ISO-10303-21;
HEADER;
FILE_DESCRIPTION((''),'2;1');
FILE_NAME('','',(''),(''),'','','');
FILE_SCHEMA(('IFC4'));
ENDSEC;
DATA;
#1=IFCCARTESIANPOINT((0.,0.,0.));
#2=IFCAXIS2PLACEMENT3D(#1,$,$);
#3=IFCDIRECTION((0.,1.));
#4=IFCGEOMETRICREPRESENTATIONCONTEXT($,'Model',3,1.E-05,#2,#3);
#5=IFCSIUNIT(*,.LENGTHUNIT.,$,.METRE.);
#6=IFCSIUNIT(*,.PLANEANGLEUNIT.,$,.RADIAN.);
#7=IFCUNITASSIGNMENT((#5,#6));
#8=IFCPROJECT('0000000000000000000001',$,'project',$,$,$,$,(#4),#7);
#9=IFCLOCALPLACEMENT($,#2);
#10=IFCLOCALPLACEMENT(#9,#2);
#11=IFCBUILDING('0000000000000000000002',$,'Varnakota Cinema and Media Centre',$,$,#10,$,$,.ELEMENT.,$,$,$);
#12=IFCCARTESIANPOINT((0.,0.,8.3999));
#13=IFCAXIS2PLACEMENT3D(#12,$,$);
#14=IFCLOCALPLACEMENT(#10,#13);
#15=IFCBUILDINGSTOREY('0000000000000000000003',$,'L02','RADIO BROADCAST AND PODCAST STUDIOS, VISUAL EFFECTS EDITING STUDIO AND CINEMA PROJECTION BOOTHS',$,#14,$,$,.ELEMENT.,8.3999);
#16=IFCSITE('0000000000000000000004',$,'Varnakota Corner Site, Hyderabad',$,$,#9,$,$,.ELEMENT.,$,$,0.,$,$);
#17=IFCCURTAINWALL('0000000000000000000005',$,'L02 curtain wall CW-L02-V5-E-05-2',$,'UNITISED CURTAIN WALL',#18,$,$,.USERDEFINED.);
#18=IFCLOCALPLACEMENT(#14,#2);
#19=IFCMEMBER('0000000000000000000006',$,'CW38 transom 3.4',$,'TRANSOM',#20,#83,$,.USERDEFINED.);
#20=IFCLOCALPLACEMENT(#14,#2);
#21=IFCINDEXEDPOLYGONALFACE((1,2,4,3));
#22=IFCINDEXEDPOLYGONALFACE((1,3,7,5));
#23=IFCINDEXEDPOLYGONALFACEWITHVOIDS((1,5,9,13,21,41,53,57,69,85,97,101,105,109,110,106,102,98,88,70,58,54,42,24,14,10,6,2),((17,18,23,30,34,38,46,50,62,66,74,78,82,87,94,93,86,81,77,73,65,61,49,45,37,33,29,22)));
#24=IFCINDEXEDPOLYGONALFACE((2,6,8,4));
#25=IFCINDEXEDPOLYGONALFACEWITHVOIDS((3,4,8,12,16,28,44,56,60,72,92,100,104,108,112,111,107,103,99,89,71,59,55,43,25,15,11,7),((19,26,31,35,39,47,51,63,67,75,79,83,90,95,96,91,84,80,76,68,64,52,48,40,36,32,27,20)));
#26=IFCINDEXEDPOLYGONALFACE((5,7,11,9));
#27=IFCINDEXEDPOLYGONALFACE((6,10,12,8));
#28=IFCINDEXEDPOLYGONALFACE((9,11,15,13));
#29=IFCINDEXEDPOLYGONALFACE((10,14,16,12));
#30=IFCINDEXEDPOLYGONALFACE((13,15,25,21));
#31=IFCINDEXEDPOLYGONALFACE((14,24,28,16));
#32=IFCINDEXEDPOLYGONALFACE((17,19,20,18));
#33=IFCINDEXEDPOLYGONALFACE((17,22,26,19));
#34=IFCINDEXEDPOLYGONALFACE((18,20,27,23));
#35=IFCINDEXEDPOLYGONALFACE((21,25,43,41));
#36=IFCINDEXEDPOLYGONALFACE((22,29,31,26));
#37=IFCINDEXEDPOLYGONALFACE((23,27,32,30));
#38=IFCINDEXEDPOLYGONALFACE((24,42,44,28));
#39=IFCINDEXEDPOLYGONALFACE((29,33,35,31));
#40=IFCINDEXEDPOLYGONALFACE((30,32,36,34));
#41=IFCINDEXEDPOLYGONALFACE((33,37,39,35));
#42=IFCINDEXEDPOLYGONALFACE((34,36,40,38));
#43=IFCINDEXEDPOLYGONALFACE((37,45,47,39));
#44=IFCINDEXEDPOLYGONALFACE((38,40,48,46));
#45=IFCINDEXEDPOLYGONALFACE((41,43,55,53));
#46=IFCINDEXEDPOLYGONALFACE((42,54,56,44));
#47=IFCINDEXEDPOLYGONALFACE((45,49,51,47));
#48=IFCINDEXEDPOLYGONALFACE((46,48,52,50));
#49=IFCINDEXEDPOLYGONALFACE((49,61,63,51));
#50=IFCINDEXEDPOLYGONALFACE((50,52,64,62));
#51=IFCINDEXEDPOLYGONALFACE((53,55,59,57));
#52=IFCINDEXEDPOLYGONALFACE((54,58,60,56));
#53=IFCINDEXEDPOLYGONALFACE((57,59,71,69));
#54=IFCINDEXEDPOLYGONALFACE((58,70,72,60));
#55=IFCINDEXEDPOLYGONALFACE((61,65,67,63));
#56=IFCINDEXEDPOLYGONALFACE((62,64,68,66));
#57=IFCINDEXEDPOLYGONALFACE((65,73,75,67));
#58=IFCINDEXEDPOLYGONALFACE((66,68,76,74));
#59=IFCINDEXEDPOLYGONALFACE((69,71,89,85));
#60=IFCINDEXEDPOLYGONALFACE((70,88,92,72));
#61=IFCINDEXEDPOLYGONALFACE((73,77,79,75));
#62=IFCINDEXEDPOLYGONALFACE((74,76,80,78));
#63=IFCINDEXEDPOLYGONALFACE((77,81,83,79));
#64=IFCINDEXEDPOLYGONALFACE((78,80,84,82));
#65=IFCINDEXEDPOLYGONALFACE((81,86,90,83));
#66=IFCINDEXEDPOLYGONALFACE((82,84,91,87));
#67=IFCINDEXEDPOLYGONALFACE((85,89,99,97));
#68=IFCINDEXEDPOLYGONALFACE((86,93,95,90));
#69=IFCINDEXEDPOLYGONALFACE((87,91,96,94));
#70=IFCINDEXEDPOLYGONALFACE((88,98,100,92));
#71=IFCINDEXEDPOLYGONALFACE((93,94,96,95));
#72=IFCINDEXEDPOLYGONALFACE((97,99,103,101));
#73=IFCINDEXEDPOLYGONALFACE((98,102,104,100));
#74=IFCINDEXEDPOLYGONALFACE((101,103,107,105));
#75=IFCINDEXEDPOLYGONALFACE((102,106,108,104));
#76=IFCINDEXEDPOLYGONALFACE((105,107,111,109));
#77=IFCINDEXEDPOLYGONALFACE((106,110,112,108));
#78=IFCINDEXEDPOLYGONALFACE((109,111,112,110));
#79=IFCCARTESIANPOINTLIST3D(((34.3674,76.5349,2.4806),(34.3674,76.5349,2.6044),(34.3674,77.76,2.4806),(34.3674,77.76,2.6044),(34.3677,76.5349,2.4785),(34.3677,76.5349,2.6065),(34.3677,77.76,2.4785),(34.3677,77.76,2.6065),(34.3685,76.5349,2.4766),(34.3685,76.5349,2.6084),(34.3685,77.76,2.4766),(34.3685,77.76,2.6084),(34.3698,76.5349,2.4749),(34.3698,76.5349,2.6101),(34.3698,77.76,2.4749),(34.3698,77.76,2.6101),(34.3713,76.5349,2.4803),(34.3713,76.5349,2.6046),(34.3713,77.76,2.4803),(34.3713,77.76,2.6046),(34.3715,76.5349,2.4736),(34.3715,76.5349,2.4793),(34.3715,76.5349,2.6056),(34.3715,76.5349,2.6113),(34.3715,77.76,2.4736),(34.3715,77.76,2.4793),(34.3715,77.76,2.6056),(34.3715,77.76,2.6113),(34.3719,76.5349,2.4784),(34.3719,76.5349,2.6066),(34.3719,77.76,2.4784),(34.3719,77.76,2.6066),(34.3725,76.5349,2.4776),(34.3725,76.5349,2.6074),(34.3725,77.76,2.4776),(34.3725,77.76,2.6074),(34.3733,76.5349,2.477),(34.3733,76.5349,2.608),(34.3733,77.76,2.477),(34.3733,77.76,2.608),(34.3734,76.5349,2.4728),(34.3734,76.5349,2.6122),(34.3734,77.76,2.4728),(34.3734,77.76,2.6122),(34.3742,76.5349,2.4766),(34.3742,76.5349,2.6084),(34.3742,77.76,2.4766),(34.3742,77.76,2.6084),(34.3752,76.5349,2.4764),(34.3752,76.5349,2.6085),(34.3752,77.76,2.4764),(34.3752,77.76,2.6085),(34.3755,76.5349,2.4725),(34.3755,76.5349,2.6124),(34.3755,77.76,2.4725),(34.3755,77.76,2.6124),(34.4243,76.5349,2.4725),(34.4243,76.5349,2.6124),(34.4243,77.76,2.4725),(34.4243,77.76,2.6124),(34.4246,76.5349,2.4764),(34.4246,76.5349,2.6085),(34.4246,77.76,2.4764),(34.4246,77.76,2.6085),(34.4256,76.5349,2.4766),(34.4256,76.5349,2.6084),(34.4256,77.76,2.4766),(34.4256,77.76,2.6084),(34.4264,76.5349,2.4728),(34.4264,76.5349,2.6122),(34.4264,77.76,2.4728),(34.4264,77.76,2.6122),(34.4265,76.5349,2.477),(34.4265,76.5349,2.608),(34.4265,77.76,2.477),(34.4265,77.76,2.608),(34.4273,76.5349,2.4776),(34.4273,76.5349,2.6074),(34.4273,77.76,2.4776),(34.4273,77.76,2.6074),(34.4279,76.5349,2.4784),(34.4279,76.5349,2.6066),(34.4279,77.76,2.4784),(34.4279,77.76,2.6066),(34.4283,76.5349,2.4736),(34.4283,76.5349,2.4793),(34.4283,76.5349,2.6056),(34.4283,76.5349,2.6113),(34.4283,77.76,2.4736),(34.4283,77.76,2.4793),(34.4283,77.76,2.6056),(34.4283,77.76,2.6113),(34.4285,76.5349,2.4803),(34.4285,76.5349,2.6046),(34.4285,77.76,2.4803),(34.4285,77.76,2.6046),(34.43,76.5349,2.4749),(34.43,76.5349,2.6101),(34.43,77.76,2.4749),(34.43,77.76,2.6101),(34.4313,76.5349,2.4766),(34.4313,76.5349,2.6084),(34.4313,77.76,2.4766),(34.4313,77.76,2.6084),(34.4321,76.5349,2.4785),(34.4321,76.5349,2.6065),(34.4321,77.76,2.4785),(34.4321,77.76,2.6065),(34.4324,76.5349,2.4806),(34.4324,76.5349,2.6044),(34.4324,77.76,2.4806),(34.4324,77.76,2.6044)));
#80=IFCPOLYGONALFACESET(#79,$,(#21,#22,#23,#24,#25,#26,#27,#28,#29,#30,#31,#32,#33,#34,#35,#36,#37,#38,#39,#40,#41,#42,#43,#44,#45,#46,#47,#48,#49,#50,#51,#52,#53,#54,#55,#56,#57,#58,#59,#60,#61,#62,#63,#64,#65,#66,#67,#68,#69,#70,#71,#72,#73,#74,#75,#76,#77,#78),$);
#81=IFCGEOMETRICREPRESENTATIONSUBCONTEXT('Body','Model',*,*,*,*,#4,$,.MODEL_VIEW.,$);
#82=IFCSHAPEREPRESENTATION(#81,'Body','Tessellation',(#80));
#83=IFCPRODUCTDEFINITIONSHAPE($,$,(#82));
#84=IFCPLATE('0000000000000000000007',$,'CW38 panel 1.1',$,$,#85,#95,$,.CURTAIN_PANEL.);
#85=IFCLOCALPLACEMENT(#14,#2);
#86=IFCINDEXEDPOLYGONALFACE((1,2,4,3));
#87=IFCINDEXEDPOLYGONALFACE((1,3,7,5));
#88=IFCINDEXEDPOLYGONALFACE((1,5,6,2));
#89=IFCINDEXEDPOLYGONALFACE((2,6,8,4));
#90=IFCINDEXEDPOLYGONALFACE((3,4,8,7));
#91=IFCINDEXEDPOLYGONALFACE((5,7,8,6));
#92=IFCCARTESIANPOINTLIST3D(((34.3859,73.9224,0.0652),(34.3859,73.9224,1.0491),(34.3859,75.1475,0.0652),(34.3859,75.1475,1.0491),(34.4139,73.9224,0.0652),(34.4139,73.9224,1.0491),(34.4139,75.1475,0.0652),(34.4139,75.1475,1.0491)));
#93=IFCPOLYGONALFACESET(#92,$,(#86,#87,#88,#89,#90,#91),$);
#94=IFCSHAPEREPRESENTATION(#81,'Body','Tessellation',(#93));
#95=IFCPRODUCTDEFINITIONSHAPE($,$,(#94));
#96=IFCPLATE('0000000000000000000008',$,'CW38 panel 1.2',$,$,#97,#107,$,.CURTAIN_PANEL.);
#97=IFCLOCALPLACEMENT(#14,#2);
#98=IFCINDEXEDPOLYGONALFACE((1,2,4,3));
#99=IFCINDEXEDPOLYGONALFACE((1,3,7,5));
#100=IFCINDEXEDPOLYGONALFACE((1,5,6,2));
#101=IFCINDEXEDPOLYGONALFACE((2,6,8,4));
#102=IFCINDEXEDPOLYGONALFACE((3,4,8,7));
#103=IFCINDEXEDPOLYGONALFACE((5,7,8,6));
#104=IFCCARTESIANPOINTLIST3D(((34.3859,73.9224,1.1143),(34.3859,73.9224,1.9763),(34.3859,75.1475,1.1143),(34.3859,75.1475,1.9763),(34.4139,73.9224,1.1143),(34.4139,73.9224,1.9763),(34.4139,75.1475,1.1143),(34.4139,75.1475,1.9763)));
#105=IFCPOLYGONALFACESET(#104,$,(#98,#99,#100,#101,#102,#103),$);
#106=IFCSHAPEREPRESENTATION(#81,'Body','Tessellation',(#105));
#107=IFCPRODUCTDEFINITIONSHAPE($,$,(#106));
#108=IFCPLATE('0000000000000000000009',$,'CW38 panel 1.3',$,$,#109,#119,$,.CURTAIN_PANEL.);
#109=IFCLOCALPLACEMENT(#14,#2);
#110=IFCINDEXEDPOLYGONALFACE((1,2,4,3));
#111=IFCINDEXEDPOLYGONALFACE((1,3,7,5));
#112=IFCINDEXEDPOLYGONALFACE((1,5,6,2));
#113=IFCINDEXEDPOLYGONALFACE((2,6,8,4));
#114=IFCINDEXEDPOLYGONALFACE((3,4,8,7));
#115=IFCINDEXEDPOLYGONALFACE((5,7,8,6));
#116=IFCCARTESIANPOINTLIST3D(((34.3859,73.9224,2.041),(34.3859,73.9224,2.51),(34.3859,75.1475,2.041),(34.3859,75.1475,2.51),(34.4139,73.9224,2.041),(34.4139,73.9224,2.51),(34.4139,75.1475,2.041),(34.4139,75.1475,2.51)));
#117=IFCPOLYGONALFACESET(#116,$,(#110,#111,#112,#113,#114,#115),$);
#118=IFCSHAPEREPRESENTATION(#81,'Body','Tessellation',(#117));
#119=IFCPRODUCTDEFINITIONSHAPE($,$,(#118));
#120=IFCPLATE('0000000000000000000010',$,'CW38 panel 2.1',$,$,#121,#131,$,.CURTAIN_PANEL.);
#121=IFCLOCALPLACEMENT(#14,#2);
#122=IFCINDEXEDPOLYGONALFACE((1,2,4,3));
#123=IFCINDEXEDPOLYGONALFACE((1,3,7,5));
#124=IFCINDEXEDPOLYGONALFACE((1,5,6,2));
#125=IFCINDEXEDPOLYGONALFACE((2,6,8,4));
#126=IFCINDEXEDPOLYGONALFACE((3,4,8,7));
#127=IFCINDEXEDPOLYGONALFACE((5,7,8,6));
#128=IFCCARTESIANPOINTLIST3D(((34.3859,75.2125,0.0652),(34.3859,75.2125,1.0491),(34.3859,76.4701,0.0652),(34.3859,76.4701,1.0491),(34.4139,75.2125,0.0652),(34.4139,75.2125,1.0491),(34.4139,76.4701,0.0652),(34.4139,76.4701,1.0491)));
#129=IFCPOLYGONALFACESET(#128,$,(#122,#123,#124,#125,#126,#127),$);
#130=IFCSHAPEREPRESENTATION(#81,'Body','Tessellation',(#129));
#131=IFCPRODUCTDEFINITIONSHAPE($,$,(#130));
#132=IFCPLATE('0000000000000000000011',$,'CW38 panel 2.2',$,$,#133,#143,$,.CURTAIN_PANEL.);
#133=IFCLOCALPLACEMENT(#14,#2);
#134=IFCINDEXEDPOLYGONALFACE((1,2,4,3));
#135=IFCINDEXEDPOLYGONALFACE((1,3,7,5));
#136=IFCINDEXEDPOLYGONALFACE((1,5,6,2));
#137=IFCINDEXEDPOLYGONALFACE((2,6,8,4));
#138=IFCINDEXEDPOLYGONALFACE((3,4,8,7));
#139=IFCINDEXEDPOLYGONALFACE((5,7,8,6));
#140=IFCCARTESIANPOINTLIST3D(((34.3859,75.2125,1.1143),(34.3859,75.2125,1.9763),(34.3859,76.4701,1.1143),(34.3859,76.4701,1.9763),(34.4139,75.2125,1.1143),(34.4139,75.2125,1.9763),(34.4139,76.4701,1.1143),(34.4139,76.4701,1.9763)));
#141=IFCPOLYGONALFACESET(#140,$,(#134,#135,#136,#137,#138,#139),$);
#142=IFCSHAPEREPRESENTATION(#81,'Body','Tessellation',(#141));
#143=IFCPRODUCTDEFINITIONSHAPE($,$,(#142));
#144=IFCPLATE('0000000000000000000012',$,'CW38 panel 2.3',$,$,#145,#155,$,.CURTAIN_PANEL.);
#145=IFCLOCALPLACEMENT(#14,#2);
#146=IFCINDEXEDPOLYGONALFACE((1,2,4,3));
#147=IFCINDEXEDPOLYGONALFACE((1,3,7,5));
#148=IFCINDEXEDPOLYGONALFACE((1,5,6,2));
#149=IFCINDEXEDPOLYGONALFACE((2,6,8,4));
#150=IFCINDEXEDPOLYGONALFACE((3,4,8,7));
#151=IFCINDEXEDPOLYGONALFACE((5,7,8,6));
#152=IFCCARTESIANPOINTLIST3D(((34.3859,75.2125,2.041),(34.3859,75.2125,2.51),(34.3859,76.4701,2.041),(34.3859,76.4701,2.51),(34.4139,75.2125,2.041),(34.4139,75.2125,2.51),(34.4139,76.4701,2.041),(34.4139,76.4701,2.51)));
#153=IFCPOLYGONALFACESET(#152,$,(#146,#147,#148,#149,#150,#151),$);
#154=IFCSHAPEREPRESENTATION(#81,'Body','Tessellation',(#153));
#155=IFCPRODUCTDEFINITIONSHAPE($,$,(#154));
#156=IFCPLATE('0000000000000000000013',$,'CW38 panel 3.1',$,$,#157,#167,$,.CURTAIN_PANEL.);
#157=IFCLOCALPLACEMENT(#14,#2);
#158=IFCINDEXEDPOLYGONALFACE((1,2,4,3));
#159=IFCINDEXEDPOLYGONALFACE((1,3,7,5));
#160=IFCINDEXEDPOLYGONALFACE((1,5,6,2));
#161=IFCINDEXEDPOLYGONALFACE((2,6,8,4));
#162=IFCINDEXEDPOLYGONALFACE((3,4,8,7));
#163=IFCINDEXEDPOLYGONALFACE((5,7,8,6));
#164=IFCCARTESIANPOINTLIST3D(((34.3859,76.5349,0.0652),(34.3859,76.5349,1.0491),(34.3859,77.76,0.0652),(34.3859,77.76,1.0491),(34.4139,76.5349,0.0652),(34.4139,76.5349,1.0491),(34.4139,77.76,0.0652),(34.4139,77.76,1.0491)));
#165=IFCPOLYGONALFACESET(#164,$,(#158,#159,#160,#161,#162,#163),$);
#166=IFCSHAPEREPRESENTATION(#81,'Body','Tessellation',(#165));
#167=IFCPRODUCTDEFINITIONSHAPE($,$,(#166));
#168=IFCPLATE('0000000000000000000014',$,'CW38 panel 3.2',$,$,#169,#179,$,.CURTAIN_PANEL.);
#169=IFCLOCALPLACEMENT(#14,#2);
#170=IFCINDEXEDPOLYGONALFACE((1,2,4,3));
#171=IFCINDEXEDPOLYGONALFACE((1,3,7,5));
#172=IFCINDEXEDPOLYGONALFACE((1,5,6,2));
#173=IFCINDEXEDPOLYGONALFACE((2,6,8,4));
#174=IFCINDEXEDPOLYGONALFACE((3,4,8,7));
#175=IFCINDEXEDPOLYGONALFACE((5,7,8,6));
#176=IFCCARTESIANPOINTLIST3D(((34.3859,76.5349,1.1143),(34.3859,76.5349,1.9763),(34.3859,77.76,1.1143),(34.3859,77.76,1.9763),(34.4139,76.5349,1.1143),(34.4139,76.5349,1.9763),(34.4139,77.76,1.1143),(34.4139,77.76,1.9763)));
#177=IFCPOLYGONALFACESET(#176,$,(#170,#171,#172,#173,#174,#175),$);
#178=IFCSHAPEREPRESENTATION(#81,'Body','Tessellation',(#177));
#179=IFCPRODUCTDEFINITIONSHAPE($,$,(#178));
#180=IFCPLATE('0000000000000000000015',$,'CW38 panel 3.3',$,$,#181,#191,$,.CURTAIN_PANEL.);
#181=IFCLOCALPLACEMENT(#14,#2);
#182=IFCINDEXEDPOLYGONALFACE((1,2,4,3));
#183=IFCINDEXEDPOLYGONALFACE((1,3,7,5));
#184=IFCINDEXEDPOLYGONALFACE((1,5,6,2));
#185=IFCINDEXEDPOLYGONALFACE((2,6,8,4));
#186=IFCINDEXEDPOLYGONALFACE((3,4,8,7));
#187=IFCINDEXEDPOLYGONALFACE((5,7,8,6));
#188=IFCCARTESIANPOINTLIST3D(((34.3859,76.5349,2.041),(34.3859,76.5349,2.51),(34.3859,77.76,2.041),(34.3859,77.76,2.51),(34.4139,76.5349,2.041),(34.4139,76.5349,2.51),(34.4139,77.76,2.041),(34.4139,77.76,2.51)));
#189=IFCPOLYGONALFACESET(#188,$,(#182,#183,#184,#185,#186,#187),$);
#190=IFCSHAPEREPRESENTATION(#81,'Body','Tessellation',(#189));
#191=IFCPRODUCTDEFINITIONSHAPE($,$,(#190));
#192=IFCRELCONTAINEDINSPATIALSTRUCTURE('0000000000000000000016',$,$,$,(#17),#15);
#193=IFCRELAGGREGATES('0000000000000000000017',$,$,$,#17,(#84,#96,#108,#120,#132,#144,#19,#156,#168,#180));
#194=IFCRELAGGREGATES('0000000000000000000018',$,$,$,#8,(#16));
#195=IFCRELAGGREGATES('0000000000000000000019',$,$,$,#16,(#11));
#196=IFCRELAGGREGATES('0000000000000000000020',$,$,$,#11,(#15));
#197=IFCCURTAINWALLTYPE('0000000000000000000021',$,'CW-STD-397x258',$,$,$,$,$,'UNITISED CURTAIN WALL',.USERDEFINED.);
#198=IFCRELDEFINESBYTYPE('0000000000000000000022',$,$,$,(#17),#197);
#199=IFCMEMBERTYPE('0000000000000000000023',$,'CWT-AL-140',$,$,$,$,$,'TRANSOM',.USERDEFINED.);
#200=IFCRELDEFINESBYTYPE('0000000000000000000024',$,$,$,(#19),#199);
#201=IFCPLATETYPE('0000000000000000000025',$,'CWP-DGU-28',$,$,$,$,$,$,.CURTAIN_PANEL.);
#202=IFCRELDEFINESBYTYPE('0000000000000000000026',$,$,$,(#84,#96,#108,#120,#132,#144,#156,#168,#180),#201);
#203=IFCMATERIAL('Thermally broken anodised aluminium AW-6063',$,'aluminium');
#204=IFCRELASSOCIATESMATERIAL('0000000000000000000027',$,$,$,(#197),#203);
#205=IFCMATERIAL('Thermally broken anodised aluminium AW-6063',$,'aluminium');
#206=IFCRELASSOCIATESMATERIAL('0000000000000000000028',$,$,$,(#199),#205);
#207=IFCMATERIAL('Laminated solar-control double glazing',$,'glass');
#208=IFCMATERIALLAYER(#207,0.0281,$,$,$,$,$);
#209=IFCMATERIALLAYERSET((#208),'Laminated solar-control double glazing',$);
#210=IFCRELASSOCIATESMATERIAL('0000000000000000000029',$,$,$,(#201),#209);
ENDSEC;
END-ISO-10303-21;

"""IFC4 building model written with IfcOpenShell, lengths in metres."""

from ifc_helpers import new_model, si_unit, direction, frame, origin, origin_2d, place, context, subcontext, project, spatial, rectangle, hollow_rectangle, extrude, material, layer, layer_set, material_profile, profile_set, type_object, element, aggregate, save


model = new_model("IFC4")

# Units and contexts
model_context = context("Model", 3, precision=1e-05, world=origin(), true_north=direction((0.0, 1.0)))
body_context = subcontext(model_context, "Body", "Model", "MODEL_VIEW")
ifc_project = project(units=[si_unit("LENGTHUNIT", "METRE"), si_unit("PLANEANGLEUNIT", "RADIAN")], contexts=[model_context])

# Site, building, storey
site_placement = place(None, origin())
site = spatial("IfcSite", under=ifc_project, at=site_placement, Name="Varnakota Corner Site, Hyderabad", CompositionType="ELEMENT", RefElevation=0.0)
building_placement = place(site_placement, origin())
building = spatial("IfcBuilding", under=site, at=building_placement, Name="Varnakota Cinema and Media Centre", CompositionType="ELEMENT")
storey_placement = place(building_placement, frame((0.0, 0.0, 8.3999)))
storey = spatial("IfcBuildingStorey", under=building, at=storey_placement, Name="L02", Description="RADIO BROADCAST AND PODCAST STUDIOS, VISUAL EFFECTS EDITING STUDIO AND CINEMA PROJECTION BOOTHS", CompositionType="ELEMENT", Elevation=8.3999)

# Shared definitions
ifc_material_1 = material(Name="Thermally broken anodised aluminium AW-6063", Category="aluminium")
curtain_wall_type = type_object("IfcCurtainWallType", Name="CW-STD-397x258", ElementType="UNITISED CURTAIN WALL", PredefinedType="USERDEFINED", material=ifc_material_1)

# Curtain wall, member, plates
curtain_wall_1_placement = place(storey_placement, origin())
curtain_wall_1 = element("IfcCurtainWall", 1, at=curtain_wall_1_placement, inside=storey, type_object=curtain_wall_type, Name="L02 curtain wall CW-L02-V5-E-05-2", ObjectType="UNITISED CURTAIN WALL", PredefinedType="USERDEFINED")
ifc_material_2 = material(Name="Thermally broken anodised aluminium AW-6063", Category="aluminium")
ifc_material_profile_1 = material_profile(ifc_material_2, hollow_rectangle(XDim=0.0649, YDim=0.1399, WallThickness=0.0039, InnerFilletRadius=0.0039, OuterFilletRadius=0.0081, at=origin_2d()), Name="AL-TRANSOM 140x65x4")
ifc_profile_set_1 = profile_set([ifc_material_profile_1], Name="Thermally broken anodised aluminium AW-6063")
member_type_1 = type_object("IfcMemberType", Name="CWT-AL-140", ElementType="TRANSOM", PredefinedType="USERDEFINED", material=ifc_profile_set_1)
member_1_placement = place(storey_placement, frame((34.3999, 76.5349, 2.5425), z_axis=(0.0, 1.0, 0.0), x_axis=(-1.0, 0.0, 0.0)))
member_1 = element("IfcMember", 2, at=member_1_placement, type_object=member_type_1, Name="CW38 transom 3.4", ObjectType="TRANSOM", PredefinedType="USERDEFINED", context=body_context, shape_type="SweptSolid", body=[
    extrude(hollow_rectangle(XDim=0.0649, YDim=0.1399, WallThickness=0.0039, InnerFilletRadius=0.0039, OuterFilletRadius=0.0081, at=origin_2d()), origin(), (0.0, 0.0, 1.0), 1.2251),
])
ifc_material_3 = material(Name="Laminated solar-control double glazing", Category="glass")
ifc_layer_1 = layer(ifc_material_3, 0.0281)
ifc_layer_set_1 = layer_set([ifc_layer_1], Name="Laminated solar-control double glazing")
plate_type = type_object("IfcPlateType", Name="CWP-DGU-28", PredefinedType="CURTAIN_PANEL", material=ifc_layer_set_1)
plate_1_placement = place(storey_placement, frame((34.3999, 74.5349, 0.0652), z_axis=(0.0, 0.0, 1.0), x_axis=(0.0, 1.0, 0.0)))
plate_1 = element("IfcPlate", 3, at=plate_1_placement, type_object=plate_type, Name="CW38 panel 1.1", PredefinedType="CURTAIN_PANEL", context=body_context, shape_type="SweptSolid", body=[
    extrude(rectangle(XDim=1.2251, YDim=0.0281, at=origin_2d()), origin(), (0.0, 0.0, 1.0), 0.9839),
])
plate_2_placement = place(storey_placement, frame((34.3999, 74.5349, 1.1143), z_axis=(0.0, 0.0, 1.0), x_axis=(0.0, 1.0, 0.0)))
plate_2 = element("IfcPlate", 4, at=plate_2_placement, type_object=plate_type, Name="CW38 panel 1.2", PredefinedType="CURTAIN_PANEL", context=body_context, shape_type="SweptSolid", body=[
    extrude(rectangle(XDim=1.2251, YDim=0.0281, at=origin_2d()), origin(), (0.0, 0.0, 1.0), 0.8621),
])
plate_3_placement = place(storey_placement, frame((34.3999, 74.5349, 2.041), z_axis=(0.0, 0.0, 1.0), x_axis=(0.0, 1.0, 0.0)))
plate_3 = element("IfcPlate", 5, at=plate_3_placement, type_object=plate_type, Name="CW38 panel 1.3", PredefinedType="CURTAIN_PANEL", context=body_context, shape_type="SweptSolid", body=[
    extrude(rectangle(XDim=1.2251, YDim=0.0281, at=origin_2d()), origin(), (0.0, 0.0, 1.0), 0.469),
])
plate_4_placement = place(storey_placement, frame((34.3999, 75.8413, 0.0652), z_axis=(0.0, 0.0, 1.0), x_axis=(0.0, 1.0, 0.0)))
plate_4 = element("IfcPlate", 6, at=plate_4_placement, type_object=plate_type, Name="CW38 panel 2.1", PredefinedType="CURTAIN_PANEL", context=body_context, shape_type="SweptSolid", body=[
    extrude(rectangle(XDim=1.2576, YDim=0.0281, at=origin_2d()), origin(), (0.0, 0.0, 1.0), 0.9839),
])
plate_5_placement = place(storey_placement, frame((34.3999, 75.8413, 1.1143), z_axis=(0.0, 0.0, 1.0), x_axis=(0.0, 1.0, 0.0)))
plate_5 = element("IfcPlate", 7, at=plate_5_placement, type_object=plate_type, Name="CW38 panel 2.2", PredefinedType="CURTAIN_PANEL", context=body_context, shape_type="SweptSolid", body=[
    extrude(rectangle(XDim=1.2576, YDim=0.0281, at=origin_2d()), origin(), (0.0, 0.0, 1.0), 0.8621),
])
plate_6_placement = place(storey_placement, frame((34.3999, 75.8413, 2.041), z_axis=(0.0, 0.0, 1.0), x_axis=(0.0, 1.0, 0.0)))
plate_6 = element("IfcPlate", 8, at=plate_6_placement, type_object=plate_type, Name="CW38 panel 2.3", PredefinedType="CURTAIN_PANEL", context=body_context, shape_type="SweptSolid", body=[
    extrude(rectangle(XDim=1.2576, YDim=0.0281, at=origin_2d()), origin(), (0.0, 0.0, 1.0), 0.469),
])
plate_7_placement = place(storey_placement, frame((34.3999, 77.1475, 0.0652), z_axis=(0.0, 0.0, 1.0), x_axis=(0.0, 1.0, 0.0)))
plate_7 = element("IfcPlate", 9, at=plate_7_placement, type_object=plate_type, Name="CW38 panel 3.1", PredefinedType="CURTAIN_PANEL", context=body_context, shape_type="SweptSolid", body=[
    extrude(rectangle(XDim=1.2251, YDim=0.0281, at=origin_2d()), origin(), (0.0, 0.0, 1.0), 0.9839),
])
plate_8_placement = place(storey_placement, frame((34.3999, 77.1475, 1.1143), z_axis=(0.0, 0.0, 1.0), x_axis=(0.0, 1.0, 0.0)))
plate_8 = element("IfcPlate", 10, at=plate_8_placement, type_object=plate_type, Name="CW38 panel 3.2", PredefinedType="CURTAIN_PANEL", context=body_context, shape_type="SweptSolid", body=[
    extrude(rectangle(XDim=1.2251, YDim=0.0281, at=origin_2d()), origin(), (0.0, 0.0, 1.0), 0.8621),
])
plate_9_placement = place(storey_placement, frame((34.3999, 77.1475, 2.041), z_axis=(0.0, 0.0, 1.0), x_axis=(0.0, 1.0, 0.0)))
plate_9 = element("IfcPlate", 11, at=plate_9_placement, type_object=plate_type, Name="CW38 panel 3.3", PredefinedType="CURTAIN_PANEL", context=body_context, shape_type="SweptSolid", body=[
    extrude(rectangle(XDim=1.2251, YDim=0.0281, at=origin_2d()), origin(), (0.0, 0.0, 1.0), 0.469),
])
aggregate(curtain_wall_1, [plate_1, plate_2, plate_3, plate_4, plate_5, plate_6, member_1, plate_7, plate_8, plate_9])

save(model, "model.ifc")
